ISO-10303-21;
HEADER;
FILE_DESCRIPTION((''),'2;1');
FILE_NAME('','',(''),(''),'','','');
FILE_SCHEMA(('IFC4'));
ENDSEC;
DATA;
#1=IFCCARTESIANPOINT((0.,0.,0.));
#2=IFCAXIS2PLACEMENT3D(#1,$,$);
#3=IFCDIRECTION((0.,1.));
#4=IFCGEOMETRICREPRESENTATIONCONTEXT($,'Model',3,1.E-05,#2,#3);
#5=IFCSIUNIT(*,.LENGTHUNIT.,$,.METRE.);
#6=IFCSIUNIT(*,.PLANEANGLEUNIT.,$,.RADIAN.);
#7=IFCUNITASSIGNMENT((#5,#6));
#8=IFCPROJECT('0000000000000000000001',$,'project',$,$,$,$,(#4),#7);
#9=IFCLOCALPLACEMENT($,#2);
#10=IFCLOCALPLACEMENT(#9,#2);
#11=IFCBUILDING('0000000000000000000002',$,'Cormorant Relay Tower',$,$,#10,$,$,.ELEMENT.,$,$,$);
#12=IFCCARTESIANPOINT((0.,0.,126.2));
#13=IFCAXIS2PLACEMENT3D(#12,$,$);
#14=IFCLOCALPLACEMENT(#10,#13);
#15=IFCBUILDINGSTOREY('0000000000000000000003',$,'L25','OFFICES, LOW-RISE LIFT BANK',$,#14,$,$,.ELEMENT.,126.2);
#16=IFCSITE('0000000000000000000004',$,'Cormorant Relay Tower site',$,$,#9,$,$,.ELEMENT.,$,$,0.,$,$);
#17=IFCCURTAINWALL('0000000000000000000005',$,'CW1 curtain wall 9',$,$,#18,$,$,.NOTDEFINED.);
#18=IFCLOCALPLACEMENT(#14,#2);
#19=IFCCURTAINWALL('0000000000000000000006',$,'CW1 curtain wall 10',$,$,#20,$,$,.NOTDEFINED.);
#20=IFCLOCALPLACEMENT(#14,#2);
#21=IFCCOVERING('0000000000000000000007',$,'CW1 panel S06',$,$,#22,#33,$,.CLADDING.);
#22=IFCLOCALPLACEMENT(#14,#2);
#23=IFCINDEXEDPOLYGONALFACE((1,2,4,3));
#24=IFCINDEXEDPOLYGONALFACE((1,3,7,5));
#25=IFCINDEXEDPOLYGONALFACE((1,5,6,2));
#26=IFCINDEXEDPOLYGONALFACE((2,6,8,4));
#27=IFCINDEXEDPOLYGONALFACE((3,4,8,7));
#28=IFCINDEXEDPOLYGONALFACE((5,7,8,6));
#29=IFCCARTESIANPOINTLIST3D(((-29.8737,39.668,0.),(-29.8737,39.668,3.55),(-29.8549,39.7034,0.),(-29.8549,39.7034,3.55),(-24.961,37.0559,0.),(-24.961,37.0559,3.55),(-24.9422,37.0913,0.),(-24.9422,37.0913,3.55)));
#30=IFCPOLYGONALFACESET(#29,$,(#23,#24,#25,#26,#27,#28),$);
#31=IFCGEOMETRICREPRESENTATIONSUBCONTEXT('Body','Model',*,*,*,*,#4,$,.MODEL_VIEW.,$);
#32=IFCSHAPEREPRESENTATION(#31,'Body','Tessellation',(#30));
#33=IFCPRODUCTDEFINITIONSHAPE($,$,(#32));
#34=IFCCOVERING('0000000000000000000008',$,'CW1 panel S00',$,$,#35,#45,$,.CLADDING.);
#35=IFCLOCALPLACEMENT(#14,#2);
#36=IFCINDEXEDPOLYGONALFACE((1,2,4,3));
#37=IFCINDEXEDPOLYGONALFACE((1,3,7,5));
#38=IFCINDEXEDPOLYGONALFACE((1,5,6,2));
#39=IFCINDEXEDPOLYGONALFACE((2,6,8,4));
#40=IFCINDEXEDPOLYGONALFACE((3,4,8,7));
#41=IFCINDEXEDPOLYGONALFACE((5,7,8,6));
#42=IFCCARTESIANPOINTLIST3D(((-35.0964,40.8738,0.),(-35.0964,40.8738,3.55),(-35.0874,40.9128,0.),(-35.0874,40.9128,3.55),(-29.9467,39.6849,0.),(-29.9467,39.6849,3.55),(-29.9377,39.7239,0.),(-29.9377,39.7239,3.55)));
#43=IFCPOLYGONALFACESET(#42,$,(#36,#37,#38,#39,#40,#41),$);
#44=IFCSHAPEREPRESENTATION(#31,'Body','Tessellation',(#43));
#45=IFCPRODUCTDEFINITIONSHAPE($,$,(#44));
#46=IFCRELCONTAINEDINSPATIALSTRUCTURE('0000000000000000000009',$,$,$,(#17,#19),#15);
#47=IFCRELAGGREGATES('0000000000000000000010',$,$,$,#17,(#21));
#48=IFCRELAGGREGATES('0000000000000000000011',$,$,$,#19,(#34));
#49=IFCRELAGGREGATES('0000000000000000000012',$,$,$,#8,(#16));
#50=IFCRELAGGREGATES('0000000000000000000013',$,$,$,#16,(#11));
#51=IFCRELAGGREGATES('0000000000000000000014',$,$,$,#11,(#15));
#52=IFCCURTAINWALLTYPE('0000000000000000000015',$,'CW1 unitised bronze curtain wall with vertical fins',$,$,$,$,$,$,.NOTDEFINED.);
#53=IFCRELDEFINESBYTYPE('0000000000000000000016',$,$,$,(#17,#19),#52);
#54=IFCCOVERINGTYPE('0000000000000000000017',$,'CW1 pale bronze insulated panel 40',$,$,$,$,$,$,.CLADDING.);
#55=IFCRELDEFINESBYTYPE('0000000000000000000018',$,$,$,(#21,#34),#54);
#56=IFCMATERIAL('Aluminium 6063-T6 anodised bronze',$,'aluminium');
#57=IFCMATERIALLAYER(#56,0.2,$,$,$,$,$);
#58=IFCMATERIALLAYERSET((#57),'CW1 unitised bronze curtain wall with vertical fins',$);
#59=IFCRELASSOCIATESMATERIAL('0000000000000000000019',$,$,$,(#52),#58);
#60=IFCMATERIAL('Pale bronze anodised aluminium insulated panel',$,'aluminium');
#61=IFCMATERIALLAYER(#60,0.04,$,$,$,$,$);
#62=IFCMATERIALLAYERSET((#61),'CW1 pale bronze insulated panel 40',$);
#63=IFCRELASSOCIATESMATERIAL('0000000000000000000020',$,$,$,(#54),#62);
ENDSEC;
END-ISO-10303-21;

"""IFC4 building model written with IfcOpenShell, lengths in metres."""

from ifc_helpers import new_model, si_unit, direction, frame, origin, origin_2d, place, context, subcontext, project, spatial, rectangle, extrude, material, layer, layer_set, type_object, element, aggregate, save


model = new_model("IFC4")

# Units and contexts
model_context = context("Model", 3, precision=1e-05, world=origin(), true_north=direction((0.0, 1.0)))
body_context = subcontext(model_context, "Body", "Model", "MODEL_VIEW")
ifc_project = project(units=[si_unit("LENGTHUNIT", "METRE"), si_unit("PLANEANGLEUNIT", "RADIAN")], contexts=[model_context])

# Site, building, storey
site_placement = place(None, origin())
site = spatial("IfcSite", under=ifc_project, at=site_placement, Name="Cormorant Relay Tower site", CompositionType="ELEMENT", RefElevation=0.0)
building_placement = place(site_placement, origin())
building = spatial("IfcBuilding", under=site, at=building_placement, Name="Cormorant Relay Tower", CompositionType="ELEMENT")
storey_placement = place(building_placement, frame((0.0, 0.0, 126.2)))
storey = spatial("IfcBuildingStorey", under=building, at=storey_placement, Name="L25", Description="OFFICES, LOW-RISE LIFT BANK", CompositionType="ELEMENT", Elevation=126.2)

# Curtain wall
ifc_material_1 = material(Name="Aluminium 6063-T6 anodised bronze", Category="aluminium")
ifc_layer_1 = layer(ifc_material_1, 0.2)
ifc_layer_set_1 = layer_set([ifc_layer_1], Name="CW1 unitised bronze curtain wall with vertical fins")
curtain_wall_type = type_object("IfcCurtainWallType", Name="CW1 unitised bronze curtain wall with vertical fins", PredefinedType="NOTDEFINED", material=ifc_layer_set_1)
curtain_wall_1_placement = place(storey_placement, origin())
curtain_wall_1 = element("IfcCurtainWall", 1, at=curtain_wall_1_placement, inside=storey, type_object=curtain_wall_type, Name="CW1 curtain wall 9", PredefinedType="NOTDEFINED")

# Curtain wall
curtain_wall_2_placement = place(storey_placement, origin())
curtain_wall_2 = element("IfcCurtainWall", 2, at=curtain_wall_2_placement, inside=storey, type_object=curtain_wall_type, Name="CW1 curtain wall 10", PredefinedType="NOTDEFINED")

# Coverings
ifc_material_2 = material(Name="Pale bronze anodised aluminium insulated panel", Category="aluminium")
ifc_layer_2 = layer(ifc_material_2, 0.04)
ifc_layer_set_2 = layer_set([ifc_layer_2], Name="CW1 pale bronze insulated panel 40")
covering_type = type_object("IfcCoveringType", Name="CW1 pale bronze insulated panel 40", PredefinedType="CLADDING", material=ifc_layer_set_2)
covering_1_placement = place(storey_placement, frame((-27.408, 38.3796, 0.0), z_axis=(0.0, 0.0, 1.0), x_axis=(-0.882948, 0.469472, 0.0)))
covering_1 = element("IfcCovering", 3, at=covering_1_placement, type_object=covering_type, Name="CW1 panel S06", PredefinedType="CLADDING", context=body_context, shape_type="SweptSolid", body=[
    extrude(rectangle(XDim=5.564, YDim=0.04, at=origin_2d()), origin(), (0.0, 0.0, 1.0), 3.55),
])
aggregate(curtain_wall_1, [covering_1])
covering_2_placement = place(storey_placement, frame((-32.5171, 40.2988, 0.0), z_axis=(0.0, 0.0, 1.0), x_axis=(-0.97437, 0.224951, 0.0)))
covering_2 = element("IfcCovering", 4, at=covering_2_placement, type_object=covering_type, Name="CW1 panel S00", PredefinedType="CLADDING", context=body_context, shape_type="SweptSolid", body=[
    extrude(rectangle(XDim=5.2852, YDim=0.04, at=origin_2d()), origin(), (0.0, 0.0, 1.0), 3.55),
])
aggregate(curtain_wall_2, [covering_2])

save(model, "model.ifc")
